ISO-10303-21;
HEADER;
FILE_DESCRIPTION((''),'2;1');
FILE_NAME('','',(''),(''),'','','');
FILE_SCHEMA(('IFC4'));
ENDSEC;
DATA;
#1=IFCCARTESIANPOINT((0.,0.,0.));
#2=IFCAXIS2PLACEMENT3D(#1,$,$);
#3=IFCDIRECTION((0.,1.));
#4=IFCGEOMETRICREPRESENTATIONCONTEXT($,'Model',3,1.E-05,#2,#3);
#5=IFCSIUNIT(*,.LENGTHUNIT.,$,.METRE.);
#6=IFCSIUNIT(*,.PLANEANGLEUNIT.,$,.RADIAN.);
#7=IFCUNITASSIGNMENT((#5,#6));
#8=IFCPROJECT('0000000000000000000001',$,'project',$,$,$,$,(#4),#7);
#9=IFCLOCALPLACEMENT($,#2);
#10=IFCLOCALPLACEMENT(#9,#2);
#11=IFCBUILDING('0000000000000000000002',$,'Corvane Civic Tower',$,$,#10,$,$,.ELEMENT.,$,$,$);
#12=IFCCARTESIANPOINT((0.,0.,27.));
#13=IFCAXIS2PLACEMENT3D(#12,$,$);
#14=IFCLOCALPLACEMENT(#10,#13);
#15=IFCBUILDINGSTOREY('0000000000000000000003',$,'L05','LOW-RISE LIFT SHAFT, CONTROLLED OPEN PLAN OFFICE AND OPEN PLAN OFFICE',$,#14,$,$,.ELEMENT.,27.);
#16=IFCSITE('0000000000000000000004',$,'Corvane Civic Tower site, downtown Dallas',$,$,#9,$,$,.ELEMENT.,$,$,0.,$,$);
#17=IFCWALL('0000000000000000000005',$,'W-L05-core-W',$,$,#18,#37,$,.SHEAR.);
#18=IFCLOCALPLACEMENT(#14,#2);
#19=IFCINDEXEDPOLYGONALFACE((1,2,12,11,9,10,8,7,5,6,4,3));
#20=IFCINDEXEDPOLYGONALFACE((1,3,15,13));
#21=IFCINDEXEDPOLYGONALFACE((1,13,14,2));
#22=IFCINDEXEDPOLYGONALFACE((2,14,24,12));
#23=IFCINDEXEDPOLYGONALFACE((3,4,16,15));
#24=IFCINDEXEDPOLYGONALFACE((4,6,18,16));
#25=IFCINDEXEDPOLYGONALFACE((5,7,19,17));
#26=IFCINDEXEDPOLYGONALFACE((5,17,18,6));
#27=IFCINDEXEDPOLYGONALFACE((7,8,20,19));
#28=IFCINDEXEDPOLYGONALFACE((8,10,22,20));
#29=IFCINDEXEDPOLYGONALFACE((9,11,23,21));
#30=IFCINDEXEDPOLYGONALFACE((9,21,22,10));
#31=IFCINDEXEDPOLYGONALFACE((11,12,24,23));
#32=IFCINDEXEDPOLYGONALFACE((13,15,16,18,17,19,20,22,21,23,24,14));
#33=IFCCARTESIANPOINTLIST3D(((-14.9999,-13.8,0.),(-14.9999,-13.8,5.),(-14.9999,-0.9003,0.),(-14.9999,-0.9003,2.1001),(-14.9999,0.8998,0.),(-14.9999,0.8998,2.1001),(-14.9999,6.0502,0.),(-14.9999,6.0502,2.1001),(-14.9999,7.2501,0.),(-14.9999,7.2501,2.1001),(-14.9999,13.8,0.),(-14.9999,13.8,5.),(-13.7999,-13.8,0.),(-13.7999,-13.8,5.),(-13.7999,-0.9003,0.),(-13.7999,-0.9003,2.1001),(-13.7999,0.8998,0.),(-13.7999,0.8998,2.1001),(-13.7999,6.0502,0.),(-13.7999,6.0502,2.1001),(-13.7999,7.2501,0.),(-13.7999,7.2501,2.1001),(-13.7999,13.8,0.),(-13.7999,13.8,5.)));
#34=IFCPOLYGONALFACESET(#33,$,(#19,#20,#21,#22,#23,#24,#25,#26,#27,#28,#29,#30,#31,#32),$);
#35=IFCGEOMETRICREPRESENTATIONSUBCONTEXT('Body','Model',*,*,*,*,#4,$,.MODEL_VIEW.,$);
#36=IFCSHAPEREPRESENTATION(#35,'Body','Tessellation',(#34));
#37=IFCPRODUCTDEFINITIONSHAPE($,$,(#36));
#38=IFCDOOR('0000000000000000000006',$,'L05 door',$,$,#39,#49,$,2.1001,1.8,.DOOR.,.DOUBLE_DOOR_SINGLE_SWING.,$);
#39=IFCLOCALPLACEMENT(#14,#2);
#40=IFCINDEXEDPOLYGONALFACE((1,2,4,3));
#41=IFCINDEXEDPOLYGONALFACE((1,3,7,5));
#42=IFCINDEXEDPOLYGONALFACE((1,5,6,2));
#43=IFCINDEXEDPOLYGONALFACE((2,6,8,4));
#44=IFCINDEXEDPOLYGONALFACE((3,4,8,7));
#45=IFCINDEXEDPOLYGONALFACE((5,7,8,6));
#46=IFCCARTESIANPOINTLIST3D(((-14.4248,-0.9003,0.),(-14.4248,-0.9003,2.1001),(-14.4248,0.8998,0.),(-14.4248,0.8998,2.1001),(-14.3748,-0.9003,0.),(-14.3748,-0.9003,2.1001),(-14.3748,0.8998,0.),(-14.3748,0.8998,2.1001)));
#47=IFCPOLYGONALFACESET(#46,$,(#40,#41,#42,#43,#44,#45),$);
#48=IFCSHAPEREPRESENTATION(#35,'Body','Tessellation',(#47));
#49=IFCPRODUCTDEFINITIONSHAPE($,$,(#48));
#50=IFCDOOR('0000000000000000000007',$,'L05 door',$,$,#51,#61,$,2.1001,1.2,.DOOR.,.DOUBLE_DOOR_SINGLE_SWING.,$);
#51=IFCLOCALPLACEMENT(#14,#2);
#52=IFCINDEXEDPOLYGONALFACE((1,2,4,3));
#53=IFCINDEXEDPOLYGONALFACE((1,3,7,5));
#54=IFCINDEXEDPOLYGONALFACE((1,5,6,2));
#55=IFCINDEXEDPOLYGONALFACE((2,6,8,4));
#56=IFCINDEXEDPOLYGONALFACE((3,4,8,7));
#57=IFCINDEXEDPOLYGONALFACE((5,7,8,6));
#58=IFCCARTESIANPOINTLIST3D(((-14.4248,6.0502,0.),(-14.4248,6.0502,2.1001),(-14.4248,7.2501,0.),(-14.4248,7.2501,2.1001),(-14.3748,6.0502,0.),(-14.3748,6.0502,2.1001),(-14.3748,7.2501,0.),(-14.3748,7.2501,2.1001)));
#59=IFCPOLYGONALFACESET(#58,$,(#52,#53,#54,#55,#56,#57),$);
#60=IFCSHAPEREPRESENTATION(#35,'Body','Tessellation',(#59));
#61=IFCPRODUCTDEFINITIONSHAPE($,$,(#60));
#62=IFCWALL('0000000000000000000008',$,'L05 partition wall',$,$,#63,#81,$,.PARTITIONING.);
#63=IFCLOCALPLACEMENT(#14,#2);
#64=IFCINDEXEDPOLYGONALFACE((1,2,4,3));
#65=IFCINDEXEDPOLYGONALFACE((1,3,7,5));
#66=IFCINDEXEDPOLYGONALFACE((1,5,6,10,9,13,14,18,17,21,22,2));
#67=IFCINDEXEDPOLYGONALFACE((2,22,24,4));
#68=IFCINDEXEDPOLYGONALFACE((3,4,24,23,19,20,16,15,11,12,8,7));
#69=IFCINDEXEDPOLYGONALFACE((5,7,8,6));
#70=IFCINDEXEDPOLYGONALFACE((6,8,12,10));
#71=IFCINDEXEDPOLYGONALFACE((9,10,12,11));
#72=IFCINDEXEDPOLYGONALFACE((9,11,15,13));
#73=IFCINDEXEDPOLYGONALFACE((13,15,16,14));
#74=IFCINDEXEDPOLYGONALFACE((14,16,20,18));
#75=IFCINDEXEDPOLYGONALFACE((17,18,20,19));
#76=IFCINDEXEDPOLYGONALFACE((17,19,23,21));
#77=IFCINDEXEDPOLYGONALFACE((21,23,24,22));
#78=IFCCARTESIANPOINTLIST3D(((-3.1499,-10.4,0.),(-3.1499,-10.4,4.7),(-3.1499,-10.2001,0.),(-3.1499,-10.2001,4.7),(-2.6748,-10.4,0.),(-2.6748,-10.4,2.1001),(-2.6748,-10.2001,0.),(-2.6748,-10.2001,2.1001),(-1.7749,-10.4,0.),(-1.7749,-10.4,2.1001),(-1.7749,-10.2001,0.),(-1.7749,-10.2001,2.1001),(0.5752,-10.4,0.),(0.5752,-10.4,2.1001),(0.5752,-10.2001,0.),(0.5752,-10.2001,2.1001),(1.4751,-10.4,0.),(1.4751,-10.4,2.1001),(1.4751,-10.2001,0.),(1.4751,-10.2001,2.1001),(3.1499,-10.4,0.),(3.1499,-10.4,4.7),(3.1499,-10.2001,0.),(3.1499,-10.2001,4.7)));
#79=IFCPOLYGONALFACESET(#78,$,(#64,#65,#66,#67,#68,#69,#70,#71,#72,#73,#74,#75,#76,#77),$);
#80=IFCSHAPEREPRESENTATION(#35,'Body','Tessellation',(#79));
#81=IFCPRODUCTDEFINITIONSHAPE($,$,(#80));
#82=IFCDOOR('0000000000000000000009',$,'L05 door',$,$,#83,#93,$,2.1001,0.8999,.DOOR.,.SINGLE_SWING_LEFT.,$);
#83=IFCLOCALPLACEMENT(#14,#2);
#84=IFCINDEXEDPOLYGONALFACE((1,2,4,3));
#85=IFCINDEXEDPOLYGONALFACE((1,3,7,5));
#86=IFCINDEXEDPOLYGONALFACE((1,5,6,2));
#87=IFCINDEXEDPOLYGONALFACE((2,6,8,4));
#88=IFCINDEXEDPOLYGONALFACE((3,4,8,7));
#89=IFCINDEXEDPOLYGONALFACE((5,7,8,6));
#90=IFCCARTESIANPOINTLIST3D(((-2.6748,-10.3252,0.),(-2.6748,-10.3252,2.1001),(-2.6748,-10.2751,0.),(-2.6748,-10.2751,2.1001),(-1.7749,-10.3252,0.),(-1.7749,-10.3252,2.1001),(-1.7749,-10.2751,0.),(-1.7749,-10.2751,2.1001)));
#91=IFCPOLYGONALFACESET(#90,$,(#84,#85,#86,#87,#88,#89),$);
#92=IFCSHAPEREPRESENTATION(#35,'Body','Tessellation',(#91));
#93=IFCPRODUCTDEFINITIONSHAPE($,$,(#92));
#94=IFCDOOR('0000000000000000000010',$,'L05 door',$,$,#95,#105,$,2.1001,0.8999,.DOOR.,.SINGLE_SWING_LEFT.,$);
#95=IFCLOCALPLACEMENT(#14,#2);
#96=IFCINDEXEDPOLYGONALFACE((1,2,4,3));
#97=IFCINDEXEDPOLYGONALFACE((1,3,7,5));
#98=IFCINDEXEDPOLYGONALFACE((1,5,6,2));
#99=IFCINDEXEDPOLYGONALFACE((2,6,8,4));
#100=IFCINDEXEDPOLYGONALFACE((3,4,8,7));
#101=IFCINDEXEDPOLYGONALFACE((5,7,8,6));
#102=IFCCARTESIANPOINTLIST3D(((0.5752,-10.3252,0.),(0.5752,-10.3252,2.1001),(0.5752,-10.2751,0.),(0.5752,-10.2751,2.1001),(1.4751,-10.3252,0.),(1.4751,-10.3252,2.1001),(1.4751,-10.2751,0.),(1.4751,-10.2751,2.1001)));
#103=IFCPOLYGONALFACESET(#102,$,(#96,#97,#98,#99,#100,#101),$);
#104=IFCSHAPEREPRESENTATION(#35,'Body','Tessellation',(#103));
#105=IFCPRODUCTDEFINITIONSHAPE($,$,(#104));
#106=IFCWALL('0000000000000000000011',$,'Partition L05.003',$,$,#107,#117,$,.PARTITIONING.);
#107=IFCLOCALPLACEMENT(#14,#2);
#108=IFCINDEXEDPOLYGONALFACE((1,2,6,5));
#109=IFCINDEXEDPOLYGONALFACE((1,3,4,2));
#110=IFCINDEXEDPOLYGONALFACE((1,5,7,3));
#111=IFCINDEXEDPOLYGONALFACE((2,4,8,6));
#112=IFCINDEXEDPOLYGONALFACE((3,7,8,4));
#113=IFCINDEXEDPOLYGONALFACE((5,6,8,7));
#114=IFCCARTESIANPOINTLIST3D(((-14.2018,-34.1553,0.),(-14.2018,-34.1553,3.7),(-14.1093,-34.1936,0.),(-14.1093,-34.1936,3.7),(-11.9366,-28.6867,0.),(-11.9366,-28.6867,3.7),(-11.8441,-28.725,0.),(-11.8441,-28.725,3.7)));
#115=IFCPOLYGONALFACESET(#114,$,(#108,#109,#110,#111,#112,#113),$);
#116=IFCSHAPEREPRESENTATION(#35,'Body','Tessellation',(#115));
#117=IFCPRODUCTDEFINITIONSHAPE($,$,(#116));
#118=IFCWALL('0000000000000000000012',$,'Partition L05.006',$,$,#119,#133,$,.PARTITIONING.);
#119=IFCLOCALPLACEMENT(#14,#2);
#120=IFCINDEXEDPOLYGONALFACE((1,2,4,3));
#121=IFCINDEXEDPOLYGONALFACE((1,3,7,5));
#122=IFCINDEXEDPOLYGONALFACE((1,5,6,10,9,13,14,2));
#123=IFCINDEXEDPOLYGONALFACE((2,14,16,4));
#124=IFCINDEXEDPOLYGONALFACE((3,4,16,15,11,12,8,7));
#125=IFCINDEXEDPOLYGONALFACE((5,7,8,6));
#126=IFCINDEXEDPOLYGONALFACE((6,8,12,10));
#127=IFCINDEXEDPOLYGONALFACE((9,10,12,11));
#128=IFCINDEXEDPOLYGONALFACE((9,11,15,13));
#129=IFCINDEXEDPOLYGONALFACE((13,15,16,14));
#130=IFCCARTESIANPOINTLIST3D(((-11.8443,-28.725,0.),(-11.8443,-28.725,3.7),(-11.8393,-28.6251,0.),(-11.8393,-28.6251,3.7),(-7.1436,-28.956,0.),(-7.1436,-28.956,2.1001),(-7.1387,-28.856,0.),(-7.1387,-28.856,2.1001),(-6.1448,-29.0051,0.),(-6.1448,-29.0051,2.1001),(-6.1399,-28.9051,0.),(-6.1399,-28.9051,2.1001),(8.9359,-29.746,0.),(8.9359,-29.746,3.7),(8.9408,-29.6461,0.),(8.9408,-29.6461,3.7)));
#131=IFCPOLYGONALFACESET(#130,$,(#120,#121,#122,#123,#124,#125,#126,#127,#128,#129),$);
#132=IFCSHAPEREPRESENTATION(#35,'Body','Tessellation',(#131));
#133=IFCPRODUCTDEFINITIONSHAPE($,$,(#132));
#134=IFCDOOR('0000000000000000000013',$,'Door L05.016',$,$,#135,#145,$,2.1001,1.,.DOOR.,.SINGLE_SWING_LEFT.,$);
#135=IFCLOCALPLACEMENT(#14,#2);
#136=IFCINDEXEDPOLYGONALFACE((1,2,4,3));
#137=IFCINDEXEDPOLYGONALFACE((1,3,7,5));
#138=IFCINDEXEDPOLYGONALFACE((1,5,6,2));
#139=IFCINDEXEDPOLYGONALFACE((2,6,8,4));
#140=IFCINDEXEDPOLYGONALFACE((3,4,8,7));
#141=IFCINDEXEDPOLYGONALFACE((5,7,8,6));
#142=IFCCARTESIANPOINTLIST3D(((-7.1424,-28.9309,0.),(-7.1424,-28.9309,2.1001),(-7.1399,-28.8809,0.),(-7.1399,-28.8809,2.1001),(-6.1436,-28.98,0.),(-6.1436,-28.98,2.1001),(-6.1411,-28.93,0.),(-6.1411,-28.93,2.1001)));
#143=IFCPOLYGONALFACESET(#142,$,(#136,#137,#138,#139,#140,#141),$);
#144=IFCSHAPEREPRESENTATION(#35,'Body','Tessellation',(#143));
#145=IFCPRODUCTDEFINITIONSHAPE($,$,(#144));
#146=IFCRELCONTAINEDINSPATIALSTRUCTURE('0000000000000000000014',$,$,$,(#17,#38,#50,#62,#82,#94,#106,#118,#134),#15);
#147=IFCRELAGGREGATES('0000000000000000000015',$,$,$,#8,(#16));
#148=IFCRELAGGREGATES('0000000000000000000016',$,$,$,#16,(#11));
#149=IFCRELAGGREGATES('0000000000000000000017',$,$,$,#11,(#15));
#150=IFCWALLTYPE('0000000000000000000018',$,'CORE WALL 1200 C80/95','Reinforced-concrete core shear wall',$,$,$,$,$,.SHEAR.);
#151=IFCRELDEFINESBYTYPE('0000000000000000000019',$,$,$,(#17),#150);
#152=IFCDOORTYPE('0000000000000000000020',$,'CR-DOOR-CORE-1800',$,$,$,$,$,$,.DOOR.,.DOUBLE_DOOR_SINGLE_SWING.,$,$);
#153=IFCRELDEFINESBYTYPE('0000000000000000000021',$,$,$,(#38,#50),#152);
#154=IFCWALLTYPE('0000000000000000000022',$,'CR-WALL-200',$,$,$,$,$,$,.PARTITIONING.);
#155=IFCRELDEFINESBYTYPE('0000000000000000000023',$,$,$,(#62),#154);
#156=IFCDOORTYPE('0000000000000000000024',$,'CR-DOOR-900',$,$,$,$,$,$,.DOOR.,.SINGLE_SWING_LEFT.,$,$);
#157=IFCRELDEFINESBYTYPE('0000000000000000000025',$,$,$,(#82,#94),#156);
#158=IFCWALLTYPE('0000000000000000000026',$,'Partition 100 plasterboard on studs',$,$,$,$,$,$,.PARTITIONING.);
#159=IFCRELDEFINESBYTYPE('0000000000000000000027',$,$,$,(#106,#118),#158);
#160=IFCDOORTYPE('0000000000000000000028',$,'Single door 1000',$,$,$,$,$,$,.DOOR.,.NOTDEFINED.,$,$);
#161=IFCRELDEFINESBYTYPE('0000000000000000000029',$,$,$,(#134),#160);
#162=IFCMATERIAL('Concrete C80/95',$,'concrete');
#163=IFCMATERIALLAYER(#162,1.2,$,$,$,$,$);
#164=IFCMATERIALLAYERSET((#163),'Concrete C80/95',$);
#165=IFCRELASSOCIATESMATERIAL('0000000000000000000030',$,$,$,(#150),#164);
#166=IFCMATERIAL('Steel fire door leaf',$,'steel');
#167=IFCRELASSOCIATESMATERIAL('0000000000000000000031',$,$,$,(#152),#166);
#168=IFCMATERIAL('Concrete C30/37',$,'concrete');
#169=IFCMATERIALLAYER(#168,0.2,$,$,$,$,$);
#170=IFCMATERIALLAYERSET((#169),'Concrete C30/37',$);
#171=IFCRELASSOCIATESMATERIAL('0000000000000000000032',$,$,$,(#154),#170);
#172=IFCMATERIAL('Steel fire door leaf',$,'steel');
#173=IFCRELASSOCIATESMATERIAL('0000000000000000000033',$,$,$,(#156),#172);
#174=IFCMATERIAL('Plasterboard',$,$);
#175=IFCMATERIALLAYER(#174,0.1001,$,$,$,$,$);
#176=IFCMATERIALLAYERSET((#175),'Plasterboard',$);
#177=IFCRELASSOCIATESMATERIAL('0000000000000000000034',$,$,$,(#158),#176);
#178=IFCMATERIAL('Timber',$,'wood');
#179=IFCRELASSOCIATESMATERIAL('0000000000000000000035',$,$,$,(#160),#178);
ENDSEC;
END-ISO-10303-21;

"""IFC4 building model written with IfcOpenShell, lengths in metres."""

from ifc_helpers import new_model, si_unit, direction, frame, frame_2d, origin, place, context, subcontext, project, spatial, rectangle, extrude, material, layer, layer_set, type_object, element, fill, save


model = new_model("IFC4")

# Units and contexts
model_context = context("Model", 3, precision=1e-05, world=origin(), true_north=direction((0.0, 1.0)))
body_context = subcontext(model_context, "Body", "Model", "MODEL_VIEW")
ifc_project = project(units=[si_unit("LENGTHUNIT", "METRE"), si_unit("PLANEANGLEUNIT", "RADIAN")], contexts=[model_context])

# Site, building, storey
site_placement = place(None, origin())
site = spatial("IfcSite", under=ifc_project, at=site_placement, Name="Corvane Civic Tower site, downtown Dallas", CompositionType="ELEMENT", RefElevation=0.0)
building_placement = place(site_placement, origin())
building = spatial("IfcBuilding", under=site, at=building_placement, Name="Corvane Civic Tower", CompositionType="ELEMENT")
storey_placement = place(building_placement, frame((0.0, 0.0, 27.0)))
storey = spatial("IfcBuildingStorey", under=building, at=storey_placement, Name="L05", Description="LOW-RISE LIFT SHAFT, CONTROLLED OPEN PLAN OFFICE AND OPEN PLAN OFFICE", CompositionType="ELEMENT", Elevation=27.0)

# Shared definitions
ifc_material_1 = material(Name="Concrete C80/95", Category="concrete")
ifc_layer_1 = layer(ifc_material_1, 1.2)
ifc_layer_set_1 = layer_set([ifc_layer_1], Name="Concrete C80/95")
wall_type_1 = type_object("IfcWallType", Name="CORE WALL 1200 C80/95", Description="Reinforced-concrete core shear wall", PredefinedType="SHEAR", material=ifc_layer_set_1)

# Walls, openings, doors
wall_1_placement = place(storey_placement, frame((-14.3999, -13.8, 0.0), z_axis=(0.0, 0.0, 1.0), x_axis=(0.0, 1.0, 0.0)))
wall_1 = element("IfcWall", 1, at=wall_1_placement, inside=storey, type_object=wall_type_1, Name="W-L05-core-W", PredefinedType="SHEAR", context=body_context, shape_type="SweptSolid", body=[
    extrude(rectangle(XDim=27.6001, YDim=1.2, at=frame_2d((13.8, 0.0))), origin(), (0.0, 0.0, 1.0), 5.0),
])
opening_1_placement = place(wall_1_placement, frame((12.8999, 0.0, 0.0)))
opening_1 = element("IfcOpeningElement", 2, at=opening_1_placement, cuts=wall_1, PredefinedType="OPENING", context=body_context, shape_type="SweptSolid", body=[
    extrude(rectangle(XDim=1.8, YDim=2.1001, at=frame_2d((0.8999, 1.05))), frame((0.0, 0.6099, 0.0), z_axis=(0.0, -1.0, 0.0), x_axis=(1.0, 0.0, 0.0)), (0.0, 0.0, 1.0), 1.22),
])
opening_2_placement = place(wall_1_placement, frame((19.8501, 0.0, 0.0)))
opening_2 = element("IfcOpeningElement", 3, at=opening_2_placement, cuts=wall_1, PredefinedType="OPENING", context=body_context, shape_type="SweptSolid", body=[
    extrude(rectangle(XDim=1.2, YDim=2.1001, at=frame_2d((0.6001, 1.05))), frame((0.0, 0.6099, 0.0), z_axis=(0.0, -1.0, 0.0), x_axis=(1.0, 0.0, 0.0)), (0.0, 0.0, 1.0), 1.22),
])
ifc_material_2 = material(Name="Steel fire door leaf", Category="steel")
door_type_1 = type_object("IfcDoorType", Name="CR-DOOR-CORE-1800", OperationType="DOUBLE_DOOR_SINGLE_SWING", PredefinedType="DOOR", material=ifc_material_2)
door_1_placement = place(opening_1_placement, origin())
door_1 = element("IfcDoor", 4, at=door_1_placement, inside=storey, type_object=door_type_1, Name="L05 door", OperationType="DOUBLE_DOOR_SINGLE_SWING", OverallHeight=2.1001, OverallWidth=1.8, PredefinedType="DOOR", context=body_context, shape_type="SweptSolid", body=[
    extrude(rectangle(XDim=1.8, YDim=2.1001, at=frame_2d((0.8999, 1.05))), frame((0.0, 0.0249, 0.0), z_axis=(0.0, -1.0, 0.0), x_axis=(1.0, 0.0, 0.0)), (0.0, 0.0, 1.0), 0.05),
])
fill(opening_1, door_1)
door_2_placement = place(opening_2_placement, origin())
door_2 = element("IfcDoor", 5, at=door_2_placement, inside=storey, type_object=door_type_1, Name="L05 door", OperationType="DOUBLE_DOOR_SINGLE_SWING", OverallHeight=2.1001, OverallWidth=1.2, PredefinedType="DOOR", context=body_context, shape_type="SweptSolid", body=[
    extrude(rectangle(XDim=1.2, YDim=2.1001, at=frame_2d((0.6001, 1.05))), frame((0.0, 0.0249, 0.0), z_axis=(0.0, -1.0, 0.0), x_axis=(1.0, 0.0, 0.0)), (0.0, 0.0, 1.0), 0.05),
])
fill(opening_2, door_2)
ifc_material_3 = material(Name="Concrete C30/37", Category="concrete")
ifc_layer_2 = layer(ifc_material_3, 0.2)
ifc_layer_set_2 = layer_set([ifc_layer_2], Name="Concrete C30/37")
wall_type_2 = type_object("IfcWallType", Name="CR-WALL-200", PredefinedType="PARTITIONING", material=ifc_layer_set_2)
wall_2_placement = place(storey_placement, frame((-3.1499, -10.3, 0.0), z_axis=(0.0, 0.0, 1.0), x_axis=(1.0, 0.0, 0.0)))
wall_2 = element("IfcWall", 6, at=wall_2_placement, inside=storey, type_object=wall_type_2, Name="L05 partition wall", PredefinedType="PARTITIONING", context=body_context, shape_type="SweptSolid", body=[
    extrude(rectangle(XDim=6.2998, YDim=0.2, at=frame_2d((3.1499, 0.0))), origin(), (0.0, 0.0, 1.0), 4.7),
])
opening_3_placement = place(wall_2_placement, frame((0.4751, 0.0, 0.0)))
opening_3 = element("IfcOpeningElement", 7, at=opening_3_placement, cuts=wall_2, PredefinedType="OPENING", context=body_context, shape_type="SweptSolid", body=[
    extrude(rectangle(XDim=0.8999, YDim=2.1001, at=frame_2d((0.45, 1.05))), frame((0.0, 0.1099, 0.0), z_axis=(0.0, -1.0, 0.0), x_axis=(1.0, 0.0, 0.0)), (0.0, 0.0, 1.0), 0.22),
])
opening_4_placement = place(wall_2_placement, frame((3.7251, 0.0, 0.0)))
opening_4 = element("IfcOpeningElement", 8, at=opening_4_placement, cuts=wall_2, PredefinedType="OPENING", context=body_context, shape_type="SweptSolid", body=[
    extrude(rectangle(XDim=0.8999, YDim=2.1001, at=frame_2d((0.45, 1.05))), frame((0.0, 0.1099, 0.0), z_axis=(0.0, -1.0, 0.0), x_axis=(1.0, 0.0, 0.0)), (0.0, 0.0, 1.0), 0.22),
])
ifc_material_4 = material(Name="Steel fire door leaf", Category="steel")
door_type_2 = type_object("IfcDoorType", Name="CR-DOOR-900", OperationType="SINGLE_SWING_LEFT", PredefinedType="DOOR", material=ifc_material_4)
door_3_placement = place(opening_3_placement, origin())
door_3 = element("IfcDoor", 9, at=door_3_placement, inside=storey, type_object=door_type_2, Name="L05 door", OperationType="SINGLE_SWING_LEFT", OverallHeight=2.1001, OverallWidth=0.8999, PredefinedType="DOOR", context=body_context, shape_type="SweptSolid", body=[
    extrude(rectangle(XDim=0.8999, YDim=2.1001, at=frame_2d((0.45, 1.05))), frame((0.0, 0.0249, 0.0), z_axis=(0.0, -1.0, 0.0), x_axis=(1.0, 0.0, 0.0)), (0.0, 0.0, 1.0), 0.05),
])
fill(opening_3, door_3)
door_4_placement = place(opening_4_placement, origin())
door_4 = element("IfcDoor", 10, at=door_4_placement, inside=storey, type_object=door_type_2, Name="L05 door", OperationType="SINGLE_SWING_LEFT", OverallHeight=2.1001, OverallWidth=0.8999, PredefinedType="DOOR", context=body_context, shape_type="SweptSolid", body=[
    extrude(rectangle(XDim=0.8999, YDim=2.1001, at=frame_2d((0.45, 1.05))), frame((0.0, 0.0249, 0.0), z_axis=(0.0, -1.0, 0.0), x_axis=(1.0, 0.0, 0.0)), (0.0, 0.0, 1.0), 0.05),
])
fill(opening_4, door_4)

# Wall
ifc_material_5 = material(Name="Plasterboard")
ifc_layer_3 = layer(ifc_material_5, 0.1001)
ifc_layer_set_3 = layer_set([ifc_layer_3], Name="Plasterboard")
wall_type_3 = type_object("IfcWallType", Name="Partition 100 plasterboard on studs", PredefinedType="PARTITIONING", material=ifc_layer_set_3)
wall_3_placement = place(storey_placement, frame((-14.1555, -34.1743, 0.0), z_axis=(0.0, 0.0, 1.0), x_axis=(0.382685, 0.923879, 0.0)))
element("IfcWall", 11, at=wall_3_placement, inside=storey, type_object=wall_type_3, Name="Partition L05.003", PredefinedType="PARTITIONING", context=body_context, shape_type="SweptSolid", body=[
    extrude(rectangle(XDim=5.9192, YDim=0.1001, at=frame_2d((2.9595, 0.0))), origin(), (0.0, 0.0, 1.0), 3.7),
])

# Wall, opening, door
wall_4_placement = place(storey_placement, frame((-11.8418, -28.675, 0.0), z_axis=(0.0, 0.0, 1.0), x_axis=(0.998795, -0.049074, 0.0)))
wall_4 = element("IfcWall", 12, at=wall_4_placement, inside=storey, type_object=wall_type_3, Name="Partition L05.006", PredefinedType="PARTITIONING", context=body_context, shape_type="SweptSolid", body=[
    extrude(rectangle(XDim=20.8052, YDim=0.1001, at=frame_2d((10.4026, 0.0))), origin(), (0.0, 0.0, 1.0), 3.7),
])
opening_5_placement = place(wall_4_placement, frame((4.7063, 0.0, 0.0)))
opening_5 = element("IfcOpeningElement", 13, at=opening_5_placement, cuts=wall_4, PredefinedType="OPENING", context=body_context, shape_type="SweptSolid", body=[
    extrude(rectangle(XDim=1.0, YDim=2.1001, at=frame_2d((0.5, 1.05))), frame((0.0, 0.0601, 0.0), z_axis=(0.0, -1.0, 0.0), x_axis=(1.0, 0.0, 0.0)), (0.0, 0.0, 1.0), 0.1201),
])
ifc_material_6 = material(Name="Timber", Category="wood")
door_type_3 = type_object("IfcDoorType", Name="Single door 1000", OperationType="NOTDEFINED", PredefinedType="DOOR", material=ifc_material_6)
door_5_placement = place(opening_5_placement, frame((1.0, 0.0, 0.0), z_axis=(0.0, 0.0, 1.0), x_axis=(-1.0, 0.0, 0.0)))
door_5 = element("IfcDoor", 14, at=door_5_placement, inside=storey, type_object=door_type_3, Name="Door L05.016", OperationType="SINGLE_SWING_LEFT", OverallHeight=2.1001, OverallWidth=1.0, PredefinedType="DOOR", context=body_context, shape_type="SweptSolid", body=[
    extrude(rectangle(XDim=1.0, YDim=2.1001, at=frame_2d((0.5, 1.05))), frame((0.0, 0.0249, 0.0), z_axis=(0.0, -1.0, 0.0), x_axis=(1.0, 0.0, 0.0)), (0.0, 0.0, 1.0), 0.05),
])
fill(opening_5, door_5)

save(model, "model.ifc")
